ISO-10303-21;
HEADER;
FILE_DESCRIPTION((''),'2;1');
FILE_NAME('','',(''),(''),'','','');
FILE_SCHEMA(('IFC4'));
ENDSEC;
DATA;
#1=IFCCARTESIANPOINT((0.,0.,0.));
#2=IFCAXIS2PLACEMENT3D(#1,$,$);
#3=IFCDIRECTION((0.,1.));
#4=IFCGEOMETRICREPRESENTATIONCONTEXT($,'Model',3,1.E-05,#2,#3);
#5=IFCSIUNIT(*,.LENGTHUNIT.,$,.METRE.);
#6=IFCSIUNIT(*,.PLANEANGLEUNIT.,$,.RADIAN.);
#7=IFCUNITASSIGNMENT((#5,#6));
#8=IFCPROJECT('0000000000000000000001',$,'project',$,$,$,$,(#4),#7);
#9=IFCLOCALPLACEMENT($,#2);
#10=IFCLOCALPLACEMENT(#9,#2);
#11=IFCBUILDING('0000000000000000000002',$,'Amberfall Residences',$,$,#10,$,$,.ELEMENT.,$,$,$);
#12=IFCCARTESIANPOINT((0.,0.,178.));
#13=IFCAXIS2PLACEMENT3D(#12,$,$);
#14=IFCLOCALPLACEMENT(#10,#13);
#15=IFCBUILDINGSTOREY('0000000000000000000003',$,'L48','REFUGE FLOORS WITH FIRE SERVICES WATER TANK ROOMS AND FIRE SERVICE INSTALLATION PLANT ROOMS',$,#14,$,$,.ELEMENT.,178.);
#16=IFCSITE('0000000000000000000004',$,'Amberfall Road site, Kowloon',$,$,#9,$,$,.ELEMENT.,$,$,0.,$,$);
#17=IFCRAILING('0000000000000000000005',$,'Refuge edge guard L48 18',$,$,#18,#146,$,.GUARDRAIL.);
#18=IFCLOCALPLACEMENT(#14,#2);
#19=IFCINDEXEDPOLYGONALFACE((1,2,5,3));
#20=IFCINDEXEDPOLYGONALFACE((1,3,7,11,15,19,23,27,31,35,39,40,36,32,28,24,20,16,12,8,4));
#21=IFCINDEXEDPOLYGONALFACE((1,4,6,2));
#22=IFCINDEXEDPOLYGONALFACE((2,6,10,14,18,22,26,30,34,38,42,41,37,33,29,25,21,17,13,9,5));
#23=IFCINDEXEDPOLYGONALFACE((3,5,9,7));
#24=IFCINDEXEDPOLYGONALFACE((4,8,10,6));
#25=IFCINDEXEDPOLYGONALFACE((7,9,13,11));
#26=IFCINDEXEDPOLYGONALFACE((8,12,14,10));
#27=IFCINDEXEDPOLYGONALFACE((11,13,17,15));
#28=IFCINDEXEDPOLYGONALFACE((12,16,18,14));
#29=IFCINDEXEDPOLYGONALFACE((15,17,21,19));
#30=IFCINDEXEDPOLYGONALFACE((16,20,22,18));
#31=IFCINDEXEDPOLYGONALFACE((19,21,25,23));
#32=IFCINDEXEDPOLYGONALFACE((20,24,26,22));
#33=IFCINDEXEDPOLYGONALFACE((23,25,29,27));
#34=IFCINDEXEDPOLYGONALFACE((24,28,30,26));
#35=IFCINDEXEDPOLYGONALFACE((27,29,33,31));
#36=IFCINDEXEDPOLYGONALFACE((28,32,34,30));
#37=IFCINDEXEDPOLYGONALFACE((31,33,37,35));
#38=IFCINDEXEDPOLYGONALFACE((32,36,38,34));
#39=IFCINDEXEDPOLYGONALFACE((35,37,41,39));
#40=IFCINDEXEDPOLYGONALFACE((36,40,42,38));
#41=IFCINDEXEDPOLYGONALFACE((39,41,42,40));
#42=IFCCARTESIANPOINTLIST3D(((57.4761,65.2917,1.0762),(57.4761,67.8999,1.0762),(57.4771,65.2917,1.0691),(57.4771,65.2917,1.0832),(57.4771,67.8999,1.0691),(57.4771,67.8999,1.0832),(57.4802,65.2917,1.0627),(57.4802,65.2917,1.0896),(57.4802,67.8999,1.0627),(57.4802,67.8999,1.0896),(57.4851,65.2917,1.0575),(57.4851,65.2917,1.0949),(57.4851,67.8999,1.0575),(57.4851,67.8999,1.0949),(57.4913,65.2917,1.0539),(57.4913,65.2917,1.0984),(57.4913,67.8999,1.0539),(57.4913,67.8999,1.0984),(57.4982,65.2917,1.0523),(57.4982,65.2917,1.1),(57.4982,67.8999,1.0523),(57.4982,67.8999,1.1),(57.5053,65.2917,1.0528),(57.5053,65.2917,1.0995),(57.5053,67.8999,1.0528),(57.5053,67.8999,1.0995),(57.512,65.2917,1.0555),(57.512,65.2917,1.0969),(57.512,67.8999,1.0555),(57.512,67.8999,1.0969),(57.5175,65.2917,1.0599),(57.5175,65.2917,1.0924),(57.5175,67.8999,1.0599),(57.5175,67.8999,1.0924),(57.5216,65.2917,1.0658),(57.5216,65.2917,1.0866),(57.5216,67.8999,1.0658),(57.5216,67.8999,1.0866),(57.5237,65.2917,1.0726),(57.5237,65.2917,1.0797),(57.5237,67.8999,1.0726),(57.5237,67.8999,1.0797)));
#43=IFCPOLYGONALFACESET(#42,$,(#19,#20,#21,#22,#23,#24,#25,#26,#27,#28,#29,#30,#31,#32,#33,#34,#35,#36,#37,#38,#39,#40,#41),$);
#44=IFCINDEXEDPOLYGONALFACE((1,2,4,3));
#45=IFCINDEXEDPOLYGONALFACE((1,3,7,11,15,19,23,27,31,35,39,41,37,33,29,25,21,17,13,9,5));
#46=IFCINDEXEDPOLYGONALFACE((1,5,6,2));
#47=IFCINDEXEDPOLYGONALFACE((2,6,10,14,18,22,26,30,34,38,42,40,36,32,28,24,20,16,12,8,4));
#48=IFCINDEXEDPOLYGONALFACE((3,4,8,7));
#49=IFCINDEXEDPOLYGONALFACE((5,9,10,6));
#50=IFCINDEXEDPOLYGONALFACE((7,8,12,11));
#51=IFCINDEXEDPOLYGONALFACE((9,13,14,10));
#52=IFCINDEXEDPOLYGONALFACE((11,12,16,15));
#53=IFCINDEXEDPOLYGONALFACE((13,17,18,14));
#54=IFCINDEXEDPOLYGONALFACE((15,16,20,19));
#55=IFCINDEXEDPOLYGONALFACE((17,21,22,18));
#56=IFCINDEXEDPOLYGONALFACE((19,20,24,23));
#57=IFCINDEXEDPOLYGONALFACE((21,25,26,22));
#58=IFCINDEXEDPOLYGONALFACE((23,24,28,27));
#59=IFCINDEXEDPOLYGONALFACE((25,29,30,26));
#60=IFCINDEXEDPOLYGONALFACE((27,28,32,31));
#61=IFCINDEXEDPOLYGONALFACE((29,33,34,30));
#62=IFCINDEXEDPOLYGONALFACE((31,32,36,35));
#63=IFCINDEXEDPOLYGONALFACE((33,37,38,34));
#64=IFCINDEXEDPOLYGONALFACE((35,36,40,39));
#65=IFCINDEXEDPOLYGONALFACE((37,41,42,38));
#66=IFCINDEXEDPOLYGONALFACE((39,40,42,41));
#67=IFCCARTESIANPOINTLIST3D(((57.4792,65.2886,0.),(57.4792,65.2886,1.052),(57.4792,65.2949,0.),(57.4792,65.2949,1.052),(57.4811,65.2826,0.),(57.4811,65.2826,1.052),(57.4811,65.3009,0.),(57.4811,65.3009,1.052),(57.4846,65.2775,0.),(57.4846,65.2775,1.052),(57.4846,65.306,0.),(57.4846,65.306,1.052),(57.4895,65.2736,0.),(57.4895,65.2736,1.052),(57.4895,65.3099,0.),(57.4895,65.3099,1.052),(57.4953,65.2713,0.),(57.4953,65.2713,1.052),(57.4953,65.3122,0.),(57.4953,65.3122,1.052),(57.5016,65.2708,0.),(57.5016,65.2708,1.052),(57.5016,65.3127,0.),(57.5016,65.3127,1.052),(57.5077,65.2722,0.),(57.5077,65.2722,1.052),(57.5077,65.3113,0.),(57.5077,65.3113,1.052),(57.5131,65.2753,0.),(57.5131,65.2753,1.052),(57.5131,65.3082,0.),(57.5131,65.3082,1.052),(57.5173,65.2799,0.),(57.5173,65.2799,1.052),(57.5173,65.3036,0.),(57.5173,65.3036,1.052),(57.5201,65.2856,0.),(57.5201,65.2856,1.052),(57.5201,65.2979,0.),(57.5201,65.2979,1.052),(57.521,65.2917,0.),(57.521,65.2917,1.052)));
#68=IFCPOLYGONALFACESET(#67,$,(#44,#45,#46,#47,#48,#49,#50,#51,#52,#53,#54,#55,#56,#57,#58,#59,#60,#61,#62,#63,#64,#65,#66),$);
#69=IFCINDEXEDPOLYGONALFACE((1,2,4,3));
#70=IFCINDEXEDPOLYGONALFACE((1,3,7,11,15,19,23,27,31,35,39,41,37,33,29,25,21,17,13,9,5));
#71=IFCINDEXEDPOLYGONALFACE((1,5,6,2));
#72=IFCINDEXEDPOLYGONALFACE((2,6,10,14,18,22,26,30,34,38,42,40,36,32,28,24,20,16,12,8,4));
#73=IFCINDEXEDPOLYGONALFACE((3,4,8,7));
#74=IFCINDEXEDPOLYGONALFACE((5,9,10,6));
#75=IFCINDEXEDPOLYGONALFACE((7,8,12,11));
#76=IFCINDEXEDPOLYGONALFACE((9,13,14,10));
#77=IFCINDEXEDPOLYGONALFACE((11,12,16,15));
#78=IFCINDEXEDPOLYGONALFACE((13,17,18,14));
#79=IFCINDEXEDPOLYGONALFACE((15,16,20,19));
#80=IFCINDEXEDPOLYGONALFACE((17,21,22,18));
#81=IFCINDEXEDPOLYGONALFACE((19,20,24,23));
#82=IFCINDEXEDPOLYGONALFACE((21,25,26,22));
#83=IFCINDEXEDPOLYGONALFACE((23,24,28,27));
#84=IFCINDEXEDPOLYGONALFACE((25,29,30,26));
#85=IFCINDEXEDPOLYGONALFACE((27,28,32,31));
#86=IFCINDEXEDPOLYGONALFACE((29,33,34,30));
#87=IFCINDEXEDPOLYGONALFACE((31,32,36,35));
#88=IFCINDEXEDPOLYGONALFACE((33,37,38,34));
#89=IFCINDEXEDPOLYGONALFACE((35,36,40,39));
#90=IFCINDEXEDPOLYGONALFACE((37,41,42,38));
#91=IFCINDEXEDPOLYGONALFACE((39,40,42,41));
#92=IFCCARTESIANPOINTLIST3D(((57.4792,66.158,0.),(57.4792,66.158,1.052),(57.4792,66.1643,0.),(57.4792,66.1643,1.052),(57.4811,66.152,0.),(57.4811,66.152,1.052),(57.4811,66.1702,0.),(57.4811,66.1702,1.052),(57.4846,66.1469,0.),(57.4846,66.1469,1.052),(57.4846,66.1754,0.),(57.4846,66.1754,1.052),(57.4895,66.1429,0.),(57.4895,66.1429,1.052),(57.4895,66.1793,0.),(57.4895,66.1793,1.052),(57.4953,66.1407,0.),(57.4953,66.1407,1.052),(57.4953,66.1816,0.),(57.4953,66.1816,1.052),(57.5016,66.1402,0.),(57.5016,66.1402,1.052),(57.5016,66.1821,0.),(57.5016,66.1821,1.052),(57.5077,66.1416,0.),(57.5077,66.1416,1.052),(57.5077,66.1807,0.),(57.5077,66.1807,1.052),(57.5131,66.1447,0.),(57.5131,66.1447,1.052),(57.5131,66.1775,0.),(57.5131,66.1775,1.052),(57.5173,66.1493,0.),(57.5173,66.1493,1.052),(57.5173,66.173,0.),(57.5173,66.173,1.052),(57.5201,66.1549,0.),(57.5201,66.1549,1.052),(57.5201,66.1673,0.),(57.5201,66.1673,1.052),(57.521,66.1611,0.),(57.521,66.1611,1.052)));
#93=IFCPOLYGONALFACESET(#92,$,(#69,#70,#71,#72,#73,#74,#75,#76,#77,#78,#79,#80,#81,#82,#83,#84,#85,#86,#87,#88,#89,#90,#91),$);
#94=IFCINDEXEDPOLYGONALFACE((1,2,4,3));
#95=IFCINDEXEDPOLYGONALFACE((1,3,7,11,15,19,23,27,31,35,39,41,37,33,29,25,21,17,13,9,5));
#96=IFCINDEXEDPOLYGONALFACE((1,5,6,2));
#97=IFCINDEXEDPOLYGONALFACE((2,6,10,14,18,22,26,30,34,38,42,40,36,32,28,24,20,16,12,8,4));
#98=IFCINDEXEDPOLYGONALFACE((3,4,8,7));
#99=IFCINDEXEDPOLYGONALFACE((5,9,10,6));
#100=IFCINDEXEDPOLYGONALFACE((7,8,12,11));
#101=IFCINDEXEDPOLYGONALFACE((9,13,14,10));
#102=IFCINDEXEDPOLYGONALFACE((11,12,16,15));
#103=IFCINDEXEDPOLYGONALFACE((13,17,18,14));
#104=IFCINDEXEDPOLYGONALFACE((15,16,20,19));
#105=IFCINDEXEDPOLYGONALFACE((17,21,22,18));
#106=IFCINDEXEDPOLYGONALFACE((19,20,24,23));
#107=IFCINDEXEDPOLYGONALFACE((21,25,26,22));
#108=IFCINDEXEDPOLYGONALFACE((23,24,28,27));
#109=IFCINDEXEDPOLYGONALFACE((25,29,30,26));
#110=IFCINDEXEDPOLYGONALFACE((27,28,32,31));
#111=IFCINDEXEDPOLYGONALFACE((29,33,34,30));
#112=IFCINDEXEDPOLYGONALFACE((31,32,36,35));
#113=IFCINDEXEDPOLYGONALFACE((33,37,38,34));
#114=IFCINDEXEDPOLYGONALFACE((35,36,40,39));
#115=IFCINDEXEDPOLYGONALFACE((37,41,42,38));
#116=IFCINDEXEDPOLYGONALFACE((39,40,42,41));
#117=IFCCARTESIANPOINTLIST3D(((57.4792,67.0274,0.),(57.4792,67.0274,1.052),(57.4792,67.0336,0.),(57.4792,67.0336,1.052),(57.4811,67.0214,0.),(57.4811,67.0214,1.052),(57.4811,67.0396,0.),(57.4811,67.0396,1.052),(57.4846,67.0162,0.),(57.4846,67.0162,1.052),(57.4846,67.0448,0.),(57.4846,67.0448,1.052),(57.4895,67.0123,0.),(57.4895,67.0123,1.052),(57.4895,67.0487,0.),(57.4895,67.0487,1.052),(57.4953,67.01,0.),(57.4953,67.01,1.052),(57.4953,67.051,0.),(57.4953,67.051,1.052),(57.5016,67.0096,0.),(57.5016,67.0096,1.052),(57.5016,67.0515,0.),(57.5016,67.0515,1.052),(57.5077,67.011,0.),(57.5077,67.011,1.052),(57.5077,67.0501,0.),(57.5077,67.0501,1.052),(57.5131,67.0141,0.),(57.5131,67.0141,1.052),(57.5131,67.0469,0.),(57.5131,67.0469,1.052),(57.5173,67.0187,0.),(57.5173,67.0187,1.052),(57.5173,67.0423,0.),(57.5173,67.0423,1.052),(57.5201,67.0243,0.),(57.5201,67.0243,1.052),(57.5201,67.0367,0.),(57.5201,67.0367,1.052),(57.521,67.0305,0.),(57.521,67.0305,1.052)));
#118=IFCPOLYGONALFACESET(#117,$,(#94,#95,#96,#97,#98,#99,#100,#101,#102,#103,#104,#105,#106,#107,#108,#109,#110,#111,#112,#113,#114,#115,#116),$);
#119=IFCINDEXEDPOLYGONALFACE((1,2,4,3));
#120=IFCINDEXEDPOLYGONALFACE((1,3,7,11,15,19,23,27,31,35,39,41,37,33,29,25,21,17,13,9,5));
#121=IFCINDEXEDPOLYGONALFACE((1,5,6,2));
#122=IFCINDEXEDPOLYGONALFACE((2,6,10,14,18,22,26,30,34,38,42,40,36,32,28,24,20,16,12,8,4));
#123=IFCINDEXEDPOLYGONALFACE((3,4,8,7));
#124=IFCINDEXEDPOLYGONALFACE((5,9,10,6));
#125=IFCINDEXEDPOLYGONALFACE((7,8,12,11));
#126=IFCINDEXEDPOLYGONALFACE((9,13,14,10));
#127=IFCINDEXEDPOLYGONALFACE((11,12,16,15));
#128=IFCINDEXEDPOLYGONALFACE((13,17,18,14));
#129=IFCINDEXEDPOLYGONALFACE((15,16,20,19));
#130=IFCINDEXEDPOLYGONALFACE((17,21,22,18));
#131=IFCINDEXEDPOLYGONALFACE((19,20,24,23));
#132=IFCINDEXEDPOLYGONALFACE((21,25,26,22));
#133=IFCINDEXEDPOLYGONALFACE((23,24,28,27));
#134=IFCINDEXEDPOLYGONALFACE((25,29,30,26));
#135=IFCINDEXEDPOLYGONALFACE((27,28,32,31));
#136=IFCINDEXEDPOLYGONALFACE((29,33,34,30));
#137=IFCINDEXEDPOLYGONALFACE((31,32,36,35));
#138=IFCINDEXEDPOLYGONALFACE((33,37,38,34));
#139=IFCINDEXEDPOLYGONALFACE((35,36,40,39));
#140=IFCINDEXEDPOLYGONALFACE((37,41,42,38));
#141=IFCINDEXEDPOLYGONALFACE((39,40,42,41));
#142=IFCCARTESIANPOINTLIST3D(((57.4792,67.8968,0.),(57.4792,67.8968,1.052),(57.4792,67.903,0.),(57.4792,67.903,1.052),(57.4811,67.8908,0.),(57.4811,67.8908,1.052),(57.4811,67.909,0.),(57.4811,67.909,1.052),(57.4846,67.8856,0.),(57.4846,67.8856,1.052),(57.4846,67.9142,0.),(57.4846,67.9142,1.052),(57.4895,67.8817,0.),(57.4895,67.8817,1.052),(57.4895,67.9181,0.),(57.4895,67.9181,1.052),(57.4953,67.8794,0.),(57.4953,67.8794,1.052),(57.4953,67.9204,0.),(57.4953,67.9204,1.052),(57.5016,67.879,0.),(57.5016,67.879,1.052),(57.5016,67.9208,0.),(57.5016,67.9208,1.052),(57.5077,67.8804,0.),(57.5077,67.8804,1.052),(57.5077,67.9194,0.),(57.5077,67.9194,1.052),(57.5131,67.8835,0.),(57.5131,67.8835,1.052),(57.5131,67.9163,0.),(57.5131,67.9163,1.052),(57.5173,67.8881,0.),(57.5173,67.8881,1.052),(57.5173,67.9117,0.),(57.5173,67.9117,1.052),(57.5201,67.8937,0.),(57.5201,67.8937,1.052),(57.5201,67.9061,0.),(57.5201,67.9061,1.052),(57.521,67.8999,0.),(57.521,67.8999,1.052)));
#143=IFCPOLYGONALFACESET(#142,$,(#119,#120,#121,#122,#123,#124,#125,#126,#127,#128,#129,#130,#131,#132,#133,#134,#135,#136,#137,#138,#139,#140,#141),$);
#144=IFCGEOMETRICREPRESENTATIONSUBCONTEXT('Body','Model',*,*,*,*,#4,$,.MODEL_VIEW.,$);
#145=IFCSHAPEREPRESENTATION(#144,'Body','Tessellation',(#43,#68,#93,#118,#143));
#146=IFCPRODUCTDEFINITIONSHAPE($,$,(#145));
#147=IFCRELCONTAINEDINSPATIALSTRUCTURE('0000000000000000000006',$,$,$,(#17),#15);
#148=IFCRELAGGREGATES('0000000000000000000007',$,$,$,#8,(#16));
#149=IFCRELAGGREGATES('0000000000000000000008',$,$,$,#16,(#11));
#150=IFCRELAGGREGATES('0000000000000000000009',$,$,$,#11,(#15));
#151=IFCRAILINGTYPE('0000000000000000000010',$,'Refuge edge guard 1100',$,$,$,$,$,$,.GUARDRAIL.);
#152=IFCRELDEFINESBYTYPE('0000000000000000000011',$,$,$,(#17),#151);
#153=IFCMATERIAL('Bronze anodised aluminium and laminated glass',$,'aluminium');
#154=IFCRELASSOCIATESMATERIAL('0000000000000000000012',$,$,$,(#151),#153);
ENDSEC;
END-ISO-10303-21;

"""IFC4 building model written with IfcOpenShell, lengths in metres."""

from ifc_helpers import new_model, si_unit, direction, frame, origin, origin_2d, place, context, subcontext, project, spatial, circle, extrude, material, type_object, element, save


model = new_model("IFC4")

# Units and contexts
model_context = context("Model", 3, precision=1e-05, world=origin(), true_north=direction((0.0, 1.0)))
body_context = subcontext(model_context, "Body", "Model", "MODEL_VIEW")
ifc_project = project(units=[si_unit("LENGTHUNIT", "METRE"), si_unit("PLANEANGLEUNIT", "RADIAN")], contexts=[model_context])

# Site, building, storey
site_placement = place(None, origin())
site = spatial("IfcSite", under=ifc_project, at=site_placement, Name="Amberfall Road site, Kowloon", CompositionType="ELEMENT", RefElevation=0.0)
building_placement = place(site_placement, origin())
building = spatial("IfcBuilding", under=site, at=building_placement, Name="Amberfall Residences", CompositionType="ELEMENT")
storey_placement = place(building_placement, frame((0.0, 0.0, 178.0)))
storey = spatial("IfcBuildingStorey", under=building, at=storey_placement, Name="L48", Description="REFUGE FLOORS WITH FIRE SERVICES WATER TANK ROOMS AND FIRE SERVICE INSTALLATION PLANT ROOMS", CompositionType="ELEMENT", Elevation=178.0)

# Railing
ifc_material_1 = material(Name="Bronze anodised aluminium and laminated glass", Category="aluminium")
railing_type = type_object("IfcRailingType", Name="Refuge edge guard 1100", PredefinedType="GUARDRAIL", material=ifc_material_1)
railing_1_placement = place(storey_placement, frame((57.5, 65.2917, 0.0)))
element("IfcRailing", 1, at=railing_1_placement, inside=storey, type_object=railing_type, Name="Refuge edge guard L48 18", PredefinedType="GUARDRAIL", context=body_context, shape_type="SweptSolid", body=[
    extrude(circle(Radius=0.0239, at=origin_2d()), frame((0.0, 0.0, 1.0762), z_axis=(0.0, 1.0, 0.0), x_axis=(-1.0, 0.0, 0.0)), (0.0, 0.0, 1.0), 2.6082),
    extrude(circle(Radius=0.021, at=origin_2d()), origin(), (0.0, 0.0, 1.0), 1.052),
    extrude(circle(Radius=0.021, at=origin_2d()), frame((0.0, 0.8694, 0.0)), (0.0, 0.0, 1.0), 1.052),
    extrude(circle(Radius=0.021, at=origin_2d()), frame((0.0, 1.7388, 0.0)), (0.0, 0.0, 1.0), 1.052),
    extrude(circle(Radius=0.021, at=origin_2d()), frame((0.0, 2.6082, 0.0)), (0.0, 0.0, 1.0), 1.052),
])

save(model, "model.ifc")
